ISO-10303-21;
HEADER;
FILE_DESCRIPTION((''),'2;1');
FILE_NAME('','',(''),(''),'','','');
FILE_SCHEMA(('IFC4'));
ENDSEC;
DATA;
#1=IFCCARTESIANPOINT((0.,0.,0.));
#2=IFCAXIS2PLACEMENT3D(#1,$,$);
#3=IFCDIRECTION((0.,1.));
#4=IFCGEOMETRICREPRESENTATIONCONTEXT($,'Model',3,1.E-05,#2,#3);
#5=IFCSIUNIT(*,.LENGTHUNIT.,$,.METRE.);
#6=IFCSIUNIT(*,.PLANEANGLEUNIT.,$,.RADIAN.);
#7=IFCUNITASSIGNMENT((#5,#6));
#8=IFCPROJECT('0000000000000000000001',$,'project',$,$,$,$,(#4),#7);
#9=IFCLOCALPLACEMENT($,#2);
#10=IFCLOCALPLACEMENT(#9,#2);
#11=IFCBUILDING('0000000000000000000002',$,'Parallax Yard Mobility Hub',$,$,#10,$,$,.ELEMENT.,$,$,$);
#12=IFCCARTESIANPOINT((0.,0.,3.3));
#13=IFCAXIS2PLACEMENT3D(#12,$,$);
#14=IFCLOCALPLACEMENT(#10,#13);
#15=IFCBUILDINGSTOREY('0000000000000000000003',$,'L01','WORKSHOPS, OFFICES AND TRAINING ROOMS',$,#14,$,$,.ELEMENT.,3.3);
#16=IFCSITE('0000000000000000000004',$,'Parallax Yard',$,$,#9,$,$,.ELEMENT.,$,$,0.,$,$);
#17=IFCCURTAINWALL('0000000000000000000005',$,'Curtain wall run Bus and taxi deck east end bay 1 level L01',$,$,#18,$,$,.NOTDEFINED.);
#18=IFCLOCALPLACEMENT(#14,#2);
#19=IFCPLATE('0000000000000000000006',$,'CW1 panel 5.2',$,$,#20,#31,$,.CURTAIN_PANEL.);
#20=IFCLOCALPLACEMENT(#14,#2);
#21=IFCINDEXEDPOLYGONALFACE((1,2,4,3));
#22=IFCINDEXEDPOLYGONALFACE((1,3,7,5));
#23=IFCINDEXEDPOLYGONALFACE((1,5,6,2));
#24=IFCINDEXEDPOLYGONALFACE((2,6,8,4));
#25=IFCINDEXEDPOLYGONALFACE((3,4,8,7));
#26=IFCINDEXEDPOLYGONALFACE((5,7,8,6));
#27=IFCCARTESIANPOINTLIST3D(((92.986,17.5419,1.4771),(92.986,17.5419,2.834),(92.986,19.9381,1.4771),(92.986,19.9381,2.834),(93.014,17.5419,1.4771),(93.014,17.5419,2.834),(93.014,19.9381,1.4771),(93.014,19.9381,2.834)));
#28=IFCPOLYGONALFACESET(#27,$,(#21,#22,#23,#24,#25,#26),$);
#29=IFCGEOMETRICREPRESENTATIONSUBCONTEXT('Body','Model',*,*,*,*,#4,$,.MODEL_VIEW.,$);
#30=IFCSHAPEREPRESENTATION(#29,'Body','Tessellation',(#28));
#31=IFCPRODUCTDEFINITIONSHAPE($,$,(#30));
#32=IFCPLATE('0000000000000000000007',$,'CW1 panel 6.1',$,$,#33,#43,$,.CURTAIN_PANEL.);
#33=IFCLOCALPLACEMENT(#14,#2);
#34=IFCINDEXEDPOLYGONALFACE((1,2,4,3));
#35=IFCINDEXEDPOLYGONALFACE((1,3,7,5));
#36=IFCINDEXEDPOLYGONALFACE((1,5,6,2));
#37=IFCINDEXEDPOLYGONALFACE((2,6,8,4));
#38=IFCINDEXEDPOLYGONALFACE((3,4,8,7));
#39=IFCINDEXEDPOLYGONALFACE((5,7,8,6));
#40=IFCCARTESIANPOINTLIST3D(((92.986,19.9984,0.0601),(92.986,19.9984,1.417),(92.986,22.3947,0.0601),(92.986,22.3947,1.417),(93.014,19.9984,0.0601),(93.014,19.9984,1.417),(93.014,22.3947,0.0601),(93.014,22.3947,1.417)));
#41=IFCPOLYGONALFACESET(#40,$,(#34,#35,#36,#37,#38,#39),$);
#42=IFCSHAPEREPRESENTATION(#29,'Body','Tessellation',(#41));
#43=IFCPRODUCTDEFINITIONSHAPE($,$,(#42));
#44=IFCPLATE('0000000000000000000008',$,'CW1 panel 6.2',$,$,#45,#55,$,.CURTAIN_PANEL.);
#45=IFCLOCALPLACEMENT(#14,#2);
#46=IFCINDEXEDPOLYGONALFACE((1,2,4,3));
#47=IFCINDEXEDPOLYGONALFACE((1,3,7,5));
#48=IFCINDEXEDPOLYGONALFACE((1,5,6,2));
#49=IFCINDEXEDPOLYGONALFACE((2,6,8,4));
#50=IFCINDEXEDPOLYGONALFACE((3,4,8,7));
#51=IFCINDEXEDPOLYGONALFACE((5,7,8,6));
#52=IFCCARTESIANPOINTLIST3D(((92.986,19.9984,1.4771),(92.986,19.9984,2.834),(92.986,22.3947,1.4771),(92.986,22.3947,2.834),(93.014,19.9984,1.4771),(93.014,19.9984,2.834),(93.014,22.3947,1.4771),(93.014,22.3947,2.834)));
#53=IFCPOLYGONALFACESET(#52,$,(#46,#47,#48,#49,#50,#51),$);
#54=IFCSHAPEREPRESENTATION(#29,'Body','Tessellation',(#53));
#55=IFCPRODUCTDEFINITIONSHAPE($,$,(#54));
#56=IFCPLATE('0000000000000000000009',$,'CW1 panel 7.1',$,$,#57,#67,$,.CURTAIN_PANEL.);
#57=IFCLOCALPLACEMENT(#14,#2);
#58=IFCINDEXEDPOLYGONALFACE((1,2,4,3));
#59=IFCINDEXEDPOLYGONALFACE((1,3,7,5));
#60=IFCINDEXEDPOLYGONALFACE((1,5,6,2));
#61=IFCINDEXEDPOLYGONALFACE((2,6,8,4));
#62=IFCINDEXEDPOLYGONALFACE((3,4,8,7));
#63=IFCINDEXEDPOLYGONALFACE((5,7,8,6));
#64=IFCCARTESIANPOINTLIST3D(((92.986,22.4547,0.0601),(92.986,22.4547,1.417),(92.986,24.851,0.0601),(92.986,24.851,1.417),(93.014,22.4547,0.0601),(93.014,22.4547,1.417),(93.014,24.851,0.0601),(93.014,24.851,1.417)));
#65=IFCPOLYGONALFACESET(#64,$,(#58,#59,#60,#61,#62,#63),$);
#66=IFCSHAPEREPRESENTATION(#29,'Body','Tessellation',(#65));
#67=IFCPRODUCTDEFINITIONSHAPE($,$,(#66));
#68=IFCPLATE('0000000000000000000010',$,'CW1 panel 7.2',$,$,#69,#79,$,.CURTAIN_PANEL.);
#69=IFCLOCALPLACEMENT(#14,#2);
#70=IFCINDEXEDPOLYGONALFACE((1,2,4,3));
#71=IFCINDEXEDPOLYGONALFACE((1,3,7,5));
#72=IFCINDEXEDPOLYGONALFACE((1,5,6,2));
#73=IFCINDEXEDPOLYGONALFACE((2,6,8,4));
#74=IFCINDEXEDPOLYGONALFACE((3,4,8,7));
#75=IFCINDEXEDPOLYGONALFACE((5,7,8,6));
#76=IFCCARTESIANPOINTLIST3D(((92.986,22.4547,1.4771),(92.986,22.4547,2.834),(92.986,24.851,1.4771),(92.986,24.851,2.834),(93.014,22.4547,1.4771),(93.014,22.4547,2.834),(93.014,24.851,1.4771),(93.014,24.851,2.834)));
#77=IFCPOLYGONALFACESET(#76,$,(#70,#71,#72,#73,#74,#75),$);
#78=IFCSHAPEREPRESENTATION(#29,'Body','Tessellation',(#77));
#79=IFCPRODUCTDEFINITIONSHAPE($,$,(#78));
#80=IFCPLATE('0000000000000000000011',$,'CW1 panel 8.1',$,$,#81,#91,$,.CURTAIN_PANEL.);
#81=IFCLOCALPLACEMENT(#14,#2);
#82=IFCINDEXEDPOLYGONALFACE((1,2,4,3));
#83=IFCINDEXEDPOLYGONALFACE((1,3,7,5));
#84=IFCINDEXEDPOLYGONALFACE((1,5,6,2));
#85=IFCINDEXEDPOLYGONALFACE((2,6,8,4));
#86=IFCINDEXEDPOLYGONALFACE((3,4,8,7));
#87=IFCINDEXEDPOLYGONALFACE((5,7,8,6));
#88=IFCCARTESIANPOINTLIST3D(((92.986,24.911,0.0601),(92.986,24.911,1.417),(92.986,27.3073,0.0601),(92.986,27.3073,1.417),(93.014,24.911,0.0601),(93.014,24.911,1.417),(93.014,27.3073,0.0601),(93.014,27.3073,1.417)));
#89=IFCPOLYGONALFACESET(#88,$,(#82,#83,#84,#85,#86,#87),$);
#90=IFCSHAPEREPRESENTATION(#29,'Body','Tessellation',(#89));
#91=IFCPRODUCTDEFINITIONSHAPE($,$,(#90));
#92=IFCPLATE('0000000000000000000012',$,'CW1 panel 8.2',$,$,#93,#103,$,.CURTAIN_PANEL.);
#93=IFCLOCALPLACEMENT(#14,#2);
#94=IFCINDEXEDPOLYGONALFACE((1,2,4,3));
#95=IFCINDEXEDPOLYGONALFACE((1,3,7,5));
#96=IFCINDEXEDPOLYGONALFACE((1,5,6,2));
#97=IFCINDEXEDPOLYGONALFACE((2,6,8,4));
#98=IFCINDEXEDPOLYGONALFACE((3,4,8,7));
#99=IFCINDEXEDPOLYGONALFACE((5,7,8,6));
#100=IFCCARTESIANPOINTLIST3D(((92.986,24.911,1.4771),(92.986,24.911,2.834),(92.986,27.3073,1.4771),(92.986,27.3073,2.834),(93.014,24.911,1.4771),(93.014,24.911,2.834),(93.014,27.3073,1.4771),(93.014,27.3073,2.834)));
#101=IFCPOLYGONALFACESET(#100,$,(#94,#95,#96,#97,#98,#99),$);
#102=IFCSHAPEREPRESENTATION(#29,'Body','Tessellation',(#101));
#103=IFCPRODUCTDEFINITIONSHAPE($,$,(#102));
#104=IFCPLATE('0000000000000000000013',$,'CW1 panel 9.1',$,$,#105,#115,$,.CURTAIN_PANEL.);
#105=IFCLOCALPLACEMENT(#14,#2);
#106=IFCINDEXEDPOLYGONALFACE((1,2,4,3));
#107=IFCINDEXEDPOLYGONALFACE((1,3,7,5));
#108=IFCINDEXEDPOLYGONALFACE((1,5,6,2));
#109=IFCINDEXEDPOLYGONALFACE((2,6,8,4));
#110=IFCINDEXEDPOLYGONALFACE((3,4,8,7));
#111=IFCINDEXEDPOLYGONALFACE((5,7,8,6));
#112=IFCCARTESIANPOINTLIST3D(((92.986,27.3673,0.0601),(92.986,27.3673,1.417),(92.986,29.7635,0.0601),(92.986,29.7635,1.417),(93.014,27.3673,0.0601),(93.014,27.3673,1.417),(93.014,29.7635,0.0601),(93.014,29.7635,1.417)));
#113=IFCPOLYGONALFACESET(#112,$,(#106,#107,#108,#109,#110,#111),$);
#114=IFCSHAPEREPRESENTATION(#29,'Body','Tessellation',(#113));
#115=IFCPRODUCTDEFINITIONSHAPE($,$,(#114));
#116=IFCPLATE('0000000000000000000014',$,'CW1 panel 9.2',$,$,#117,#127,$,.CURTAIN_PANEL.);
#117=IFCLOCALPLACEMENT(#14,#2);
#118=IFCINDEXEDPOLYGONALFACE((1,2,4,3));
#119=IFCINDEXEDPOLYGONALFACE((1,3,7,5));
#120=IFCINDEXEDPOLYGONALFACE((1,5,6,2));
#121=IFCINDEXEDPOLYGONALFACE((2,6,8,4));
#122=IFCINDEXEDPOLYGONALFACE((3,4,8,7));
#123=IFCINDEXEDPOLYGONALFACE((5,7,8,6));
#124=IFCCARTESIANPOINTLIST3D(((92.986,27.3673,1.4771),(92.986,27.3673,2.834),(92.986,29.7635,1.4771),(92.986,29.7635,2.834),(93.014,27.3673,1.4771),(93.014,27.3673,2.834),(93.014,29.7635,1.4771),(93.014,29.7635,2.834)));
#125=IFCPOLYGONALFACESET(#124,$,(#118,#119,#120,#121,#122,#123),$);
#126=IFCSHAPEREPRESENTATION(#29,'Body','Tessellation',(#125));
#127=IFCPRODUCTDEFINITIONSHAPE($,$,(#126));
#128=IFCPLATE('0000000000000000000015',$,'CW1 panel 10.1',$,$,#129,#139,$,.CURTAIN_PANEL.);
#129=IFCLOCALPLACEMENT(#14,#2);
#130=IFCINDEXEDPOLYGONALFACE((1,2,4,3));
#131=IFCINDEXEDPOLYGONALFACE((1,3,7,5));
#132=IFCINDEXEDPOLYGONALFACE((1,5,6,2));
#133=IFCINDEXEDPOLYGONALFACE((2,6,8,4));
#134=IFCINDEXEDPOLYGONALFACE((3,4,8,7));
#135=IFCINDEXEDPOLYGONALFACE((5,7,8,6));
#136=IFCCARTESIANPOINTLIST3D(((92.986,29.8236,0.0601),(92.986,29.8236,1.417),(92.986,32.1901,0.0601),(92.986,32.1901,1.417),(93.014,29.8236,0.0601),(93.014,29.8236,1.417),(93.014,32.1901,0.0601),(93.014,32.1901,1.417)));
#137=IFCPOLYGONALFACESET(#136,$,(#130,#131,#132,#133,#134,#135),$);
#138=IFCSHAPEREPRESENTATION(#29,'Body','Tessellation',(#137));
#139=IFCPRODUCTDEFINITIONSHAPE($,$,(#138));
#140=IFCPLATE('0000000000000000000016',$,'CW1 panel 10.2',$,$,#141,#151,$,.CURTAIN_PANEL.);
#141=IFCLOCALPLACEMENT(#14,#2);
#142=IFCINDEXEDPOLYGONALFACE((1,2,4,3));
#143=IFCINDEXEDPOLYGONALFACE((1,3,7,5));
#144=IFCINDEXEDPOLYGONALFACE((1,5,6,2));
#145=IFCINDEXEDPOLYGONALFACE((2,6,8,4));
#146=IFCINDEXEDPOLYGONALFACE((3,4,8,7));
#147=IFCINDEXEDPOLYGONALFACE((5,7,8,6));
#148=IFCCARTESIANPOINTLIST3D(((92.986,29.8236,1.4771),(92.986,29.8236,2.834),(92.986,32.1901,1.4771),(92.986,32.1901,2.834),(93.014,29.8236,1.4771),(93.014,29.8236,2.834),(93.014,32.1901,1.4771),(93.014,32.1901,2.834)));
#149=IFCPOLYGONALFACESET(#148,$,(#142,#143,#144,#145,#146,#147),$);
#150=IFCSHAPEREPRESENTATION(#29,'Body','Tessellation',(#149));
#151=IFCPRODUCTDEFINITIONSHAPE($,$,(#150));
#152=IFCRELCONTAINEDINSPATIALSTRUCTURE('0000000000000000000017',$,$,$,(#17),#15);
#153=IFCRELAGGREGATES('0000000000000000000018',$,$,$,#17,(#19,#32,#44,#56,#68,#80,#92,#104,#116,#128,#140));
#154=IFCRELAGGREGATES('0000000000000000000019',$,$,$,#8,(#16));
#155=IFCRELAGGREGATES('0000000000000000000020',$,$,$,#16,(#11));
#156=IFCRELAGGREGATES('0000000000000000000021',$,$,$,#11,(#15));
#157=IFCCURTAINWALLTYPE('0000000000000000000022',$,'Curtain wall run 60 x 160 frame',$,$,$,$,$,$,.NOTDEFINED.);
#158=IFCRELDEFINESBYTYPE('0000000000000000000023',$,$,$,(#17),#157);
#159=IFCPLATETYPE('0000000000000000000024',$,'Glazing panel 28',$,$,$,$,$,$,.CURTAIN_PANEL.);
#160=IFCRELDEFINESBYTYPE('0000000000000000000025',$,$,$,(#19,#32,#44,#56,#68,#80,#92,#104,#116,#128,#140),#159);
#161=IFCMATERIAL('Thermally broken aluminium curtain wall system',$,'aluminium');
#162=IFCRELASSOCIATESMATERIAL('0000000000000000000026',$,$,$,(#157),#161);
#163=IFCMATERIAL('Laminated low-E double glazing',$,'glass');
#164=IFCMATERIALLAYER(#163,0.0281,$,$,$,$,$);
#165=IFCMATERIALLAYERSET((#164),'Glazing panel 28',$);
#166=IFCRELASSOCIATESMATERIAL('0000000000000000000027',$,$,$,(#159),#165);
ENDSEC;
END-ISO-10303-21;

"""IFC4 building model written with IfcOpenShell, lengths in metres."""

from ifc_helpers import new_model, si_unit, direction, frame, origin, origin_2d, place, context, subcontext, project, spatial, rectangle, extrude, material, layer, layer_set, type_object, element, aggregate, save


model = new_model("IFC4")

# Units and contexts
model_context = context("Model", 3, precision=1e-05, world=origin(), true_north=direction((0.0, 1.0)))
body_context = subcontext(model_context, "Body", "Model", "MODEL_VIEW")
ifc_project = project(units=[si_unit("LENGTHUNIT", "METRE"), si_unit("PLANEANGLEUNIT", "RADIAN")], contexts=[model_context])

# Site, building, storey
site_placement = place(None, origin())
site = spatial("IfcSite", under=ifc_project, at=site_placement, Name="Parallax Yard", CompositionType="ELEMENT", RefElevation=0.0)
building_placement = place(site_placement, origin())
building = spatial("IfcBuilding", under=site, at=building_placement, Name="Parallax Yard Mobility Hub", CompositionType="ELEMENT")
storey_placement = place(building_placement, frame((0.0, 0.0, 3.3)))
storey = spatial("IfcBuildingStorey", under=building, at=storey_placement, Name="L01", Description="WORKSHOPS, OFFICES AND TRAINING ROOMS", CompositionType="ELEMENT", Elevation=3.3)

# Curtain wall
ifc_material_1 = material(Name="Thermally broken aluminium curtain wall system", Category="aluminium")
curtain_wall_type = type_object("IfcCurtainWallType", Name="Curtain wall run 60 x 160 frame", PredefinedType="NOTDEFINED", material=ifc_material_1)
curtain_wall_placement = place(storey_placement, origin())
curtain_wall = element("IfcCurtainWall", 1, at=curtain_wall_placement, inside=storey, type_object=curtain_wall_type, Name="Curtain wall run Bus and taxi deck east end bay 1 level L01", PredefinedType="NOTDEFINED")

# Plates
ifc_material_2 = material(Name="Laminated low-E double glazing", Category="glass")
ifc_layer = layer(ifc_material_2, 0.0281)
ifc_layer_set = layer_set([ifc_layer], Name="Glazing panel 28")
plate_type = type_object("IfcPlateType", Name="Glazing panel 28", PredefinedType="CURTAIN_PANEL", material=ifc_layer_set)
plate_1_placement = place(storey_placement, frame((93.0, 18.74, 1.4771), z_axis=(0.0, 0.0, 1.0), x_axis=(0.0, 1.0, 0.0)))
plate_1 = element("IfcPlate", 2, at=plate_1_placement, type_object=plate_type, Name="CW1 panel 5.2", PredefinedType="CURTAIN_PANEL", context=body_context, shape_type="SweptSolid", body=[
    extrude(rectangle(XDim=2.3962, YDim=0.0281, at=origin_2d()), origin(), (0.0, 0.0, 1.0), 1.3569),
])
plate_2_placement = place(storey_placement, frame((93.0, 21.1965, 0.0601), z_axis=(0.0, 0.0, 1.0), x_axis=(0.0, 1.0, 0.0)))
plate_2 = element("IfcPlate", 3, at=plate_2_placement, type_object=plate_type, Name="CW1 panel 6.1", PredefinedType="CURTAIN_PANEL", context=body_context, shape_type="SweptSolid", body=[
    extrude(rectangle(XDim=2.3962, YDim=0.0281, at=origin_2d()), origin(), (0.0, 0.0, 1.0), 1.3569),
])
plate_3_placement = place(storey_placement, frame((93.0, 21.1965, 1.4771), z_axis=(0.0, 0.0, 1.0), x_axis=(0.0, 1.0, 0.0)))
plate_3 = element("IfcPlate", 4, at=plate_3_placement, type_object=plate_type, Name="CW1 panel 6.2", PredefinedType="CURTAIN_PANEL", context=body_context, shape_type="SweptSolid", body=[
    extrude(rectangle(XDim=2.3962, YDim=0.0281, at=origin_2d()), origin(), (0.0, 0.0, 1.0), 1.3569),
])
plate_4_placement = place(storey_placement, frame((93.0, 23.6528, 0.0601), z_axis=(0.0, 0.0, 1.0), x_axis=(0.0, 1.0, 0.0)))
plate_4 = element("IfcPlate", 5, at=plate_4_placement, type_object=plate_type, Name="CW1 panel 7.1", PredefinedType="CURTAIN_PANEL", context=body_context, shape_type="SweptSolid", body=[
    extrude(rectangle(XDim=2.3962, YDim=0.0281, at=origin_2d()), origin(), (0.0, 0.0, 1.0), 1.3569),
])
plate_5_placement = place(storey_placement, frame((93.0, 23.6528, 1.4771), z_axis=(0.0, 0.0, 1.0), x_axis=(0.0, 1.0, 0.0)))
plate_5 = element("IfcPlate", 6, at=plate_5_placement, type_object=plate_type, Name="CW1 panel 7.2", PredefinedType="CURTAIN_PANEL", context=body_context, shape_type="SweptSolid", body=[
    extrude(rectangle(XDim=2.3962, YDim=0.0281, at=origin_2d()), origin(), (0.0, 0.0, 1.0), 1.3569),
])
plate_6_placement = place(storey_placement, frame((93.0, 26.1091, 0.0601), z_axis=(0.0, 0.0, 1.0), x_axis=(0.0, 1.0, 0.0)))
plate_6 = element("IfcPlate", 7, at=plate_6_placement, type_object=plate_type, Name="CW1 panel 8.1", PredefinedType="CURTAIN_PANEL", context=body_context, shape_type="SweptSolid", body=[
    extrude(rectangle(XDim=2.3962, YDim=0.0281, at=origin_2d()), origin(), (0.0, 0.0, 1.0), 1.3569),
])
plate_7_placement = place(storey_placement, frame((93.0, 26.1091, 1.4771), z_axis=(0.0, 0.0, 1.0), x_axis=(0.0, 1.0, 0.0)))
plate_7 = element("IfcPlate", 8, at=plate_7_placement, type_object=plate_type, Name="CW1 panel 8.2", PredefinedType="CURTAIN_PANEL", context=body_context, shape_type="SweptSolid", body=[
    extrude(rectangle(XDim=2.3962, YDim=0.0281, at=origin_2d()), origin(), (0.0, 0.0, 1.0), 1.3569),
])
plate_8_placement = place(storey_placement, frame((93.0, 28.5654, 0.0601), z_axis=(0.0, 0.0, 1.0), x_axis=(0.0, 1.0, 0.0)))
plate_8 = element("IfcPlate", 9, at=plate_8_placement, type_object=plate_type, Name="CW1 panel 9.1", PredefinedType="CURTAIN_PANEL", context=body_context, shape_type="SweptSolid", body=[
    extrude(rectangle(XDim=2.3962, YDim=0.0281, at=origin_2d()), origin(), (0.0, 0.0, 1.0), 1.3569),
])
plate_9_placement = place(storey_placement, frame((93.0, 28.5654, 1.4771), z_axis=(0.0, 0.0, 1.0), x_axis=(0.0, 1.0, 0.0)))
plate_9 = element("IfcPlate", 10, at=plate_9_placement, type_object=plate_type, Name="CW1 panel 9.2", PredefinedType="CURTAIN_PANEL", context=body_context, shape_type="SweptSolid", body=[
    extrude(rectangle(XDim=2.3962, YDim=0.0281, at=origin_2d()), origin(), (0.0, 0.0, 1.0), 1.3569),
])
plate_10_placement = place(storey_placement, frame((93.0, 31.0068, 0.0601), z_axis=(0.0, 0.0, 1.0), x_axis=(0.0, 1.0, 0.0)))
plate_10 = element("IfcPlate", 11, at=plate_10_placement, type_object=plate_type, Name="CW1 panel 10.1", PredefinedType="CURTAIN_PANEL", context=body_context, shape_type="SweptSolid", body=[
    extrude(rectangle(XDim=2.3665, YDim=0.0281, at=origin_2d()), origin(), (0.0, 0.0, 1.0), 1.3569),
])
plate_11_placement = place(storey_placement, frame((93.0, 31.0068, 1.4771), z_axis=(0.0, 0.0, 1.0), x_axis=(0.0, 1.0, 0.0)))
plate_11 = element("IfcPlate", 12, at=plate_11_placement, type_object=plate_type, Name="CW1 panel 10.2", PredefinedType="CURTAIN_PANEL", context=body_context, shape_type="SweptSolid", body=[
    extrude(rectangle(XDim=2.3665, YDim=0.0281, at=origin_2d()), origin(), (0.0, 0.0, 1.0), 1.3569),
])
aggregate(curtain_wall, [plate_1, plate_2, plate_3, plate_4, plate_5, plate_6, plate_7, plate_8, plate_9, plate_10, plate_11])

save(model, "model.ifc")
